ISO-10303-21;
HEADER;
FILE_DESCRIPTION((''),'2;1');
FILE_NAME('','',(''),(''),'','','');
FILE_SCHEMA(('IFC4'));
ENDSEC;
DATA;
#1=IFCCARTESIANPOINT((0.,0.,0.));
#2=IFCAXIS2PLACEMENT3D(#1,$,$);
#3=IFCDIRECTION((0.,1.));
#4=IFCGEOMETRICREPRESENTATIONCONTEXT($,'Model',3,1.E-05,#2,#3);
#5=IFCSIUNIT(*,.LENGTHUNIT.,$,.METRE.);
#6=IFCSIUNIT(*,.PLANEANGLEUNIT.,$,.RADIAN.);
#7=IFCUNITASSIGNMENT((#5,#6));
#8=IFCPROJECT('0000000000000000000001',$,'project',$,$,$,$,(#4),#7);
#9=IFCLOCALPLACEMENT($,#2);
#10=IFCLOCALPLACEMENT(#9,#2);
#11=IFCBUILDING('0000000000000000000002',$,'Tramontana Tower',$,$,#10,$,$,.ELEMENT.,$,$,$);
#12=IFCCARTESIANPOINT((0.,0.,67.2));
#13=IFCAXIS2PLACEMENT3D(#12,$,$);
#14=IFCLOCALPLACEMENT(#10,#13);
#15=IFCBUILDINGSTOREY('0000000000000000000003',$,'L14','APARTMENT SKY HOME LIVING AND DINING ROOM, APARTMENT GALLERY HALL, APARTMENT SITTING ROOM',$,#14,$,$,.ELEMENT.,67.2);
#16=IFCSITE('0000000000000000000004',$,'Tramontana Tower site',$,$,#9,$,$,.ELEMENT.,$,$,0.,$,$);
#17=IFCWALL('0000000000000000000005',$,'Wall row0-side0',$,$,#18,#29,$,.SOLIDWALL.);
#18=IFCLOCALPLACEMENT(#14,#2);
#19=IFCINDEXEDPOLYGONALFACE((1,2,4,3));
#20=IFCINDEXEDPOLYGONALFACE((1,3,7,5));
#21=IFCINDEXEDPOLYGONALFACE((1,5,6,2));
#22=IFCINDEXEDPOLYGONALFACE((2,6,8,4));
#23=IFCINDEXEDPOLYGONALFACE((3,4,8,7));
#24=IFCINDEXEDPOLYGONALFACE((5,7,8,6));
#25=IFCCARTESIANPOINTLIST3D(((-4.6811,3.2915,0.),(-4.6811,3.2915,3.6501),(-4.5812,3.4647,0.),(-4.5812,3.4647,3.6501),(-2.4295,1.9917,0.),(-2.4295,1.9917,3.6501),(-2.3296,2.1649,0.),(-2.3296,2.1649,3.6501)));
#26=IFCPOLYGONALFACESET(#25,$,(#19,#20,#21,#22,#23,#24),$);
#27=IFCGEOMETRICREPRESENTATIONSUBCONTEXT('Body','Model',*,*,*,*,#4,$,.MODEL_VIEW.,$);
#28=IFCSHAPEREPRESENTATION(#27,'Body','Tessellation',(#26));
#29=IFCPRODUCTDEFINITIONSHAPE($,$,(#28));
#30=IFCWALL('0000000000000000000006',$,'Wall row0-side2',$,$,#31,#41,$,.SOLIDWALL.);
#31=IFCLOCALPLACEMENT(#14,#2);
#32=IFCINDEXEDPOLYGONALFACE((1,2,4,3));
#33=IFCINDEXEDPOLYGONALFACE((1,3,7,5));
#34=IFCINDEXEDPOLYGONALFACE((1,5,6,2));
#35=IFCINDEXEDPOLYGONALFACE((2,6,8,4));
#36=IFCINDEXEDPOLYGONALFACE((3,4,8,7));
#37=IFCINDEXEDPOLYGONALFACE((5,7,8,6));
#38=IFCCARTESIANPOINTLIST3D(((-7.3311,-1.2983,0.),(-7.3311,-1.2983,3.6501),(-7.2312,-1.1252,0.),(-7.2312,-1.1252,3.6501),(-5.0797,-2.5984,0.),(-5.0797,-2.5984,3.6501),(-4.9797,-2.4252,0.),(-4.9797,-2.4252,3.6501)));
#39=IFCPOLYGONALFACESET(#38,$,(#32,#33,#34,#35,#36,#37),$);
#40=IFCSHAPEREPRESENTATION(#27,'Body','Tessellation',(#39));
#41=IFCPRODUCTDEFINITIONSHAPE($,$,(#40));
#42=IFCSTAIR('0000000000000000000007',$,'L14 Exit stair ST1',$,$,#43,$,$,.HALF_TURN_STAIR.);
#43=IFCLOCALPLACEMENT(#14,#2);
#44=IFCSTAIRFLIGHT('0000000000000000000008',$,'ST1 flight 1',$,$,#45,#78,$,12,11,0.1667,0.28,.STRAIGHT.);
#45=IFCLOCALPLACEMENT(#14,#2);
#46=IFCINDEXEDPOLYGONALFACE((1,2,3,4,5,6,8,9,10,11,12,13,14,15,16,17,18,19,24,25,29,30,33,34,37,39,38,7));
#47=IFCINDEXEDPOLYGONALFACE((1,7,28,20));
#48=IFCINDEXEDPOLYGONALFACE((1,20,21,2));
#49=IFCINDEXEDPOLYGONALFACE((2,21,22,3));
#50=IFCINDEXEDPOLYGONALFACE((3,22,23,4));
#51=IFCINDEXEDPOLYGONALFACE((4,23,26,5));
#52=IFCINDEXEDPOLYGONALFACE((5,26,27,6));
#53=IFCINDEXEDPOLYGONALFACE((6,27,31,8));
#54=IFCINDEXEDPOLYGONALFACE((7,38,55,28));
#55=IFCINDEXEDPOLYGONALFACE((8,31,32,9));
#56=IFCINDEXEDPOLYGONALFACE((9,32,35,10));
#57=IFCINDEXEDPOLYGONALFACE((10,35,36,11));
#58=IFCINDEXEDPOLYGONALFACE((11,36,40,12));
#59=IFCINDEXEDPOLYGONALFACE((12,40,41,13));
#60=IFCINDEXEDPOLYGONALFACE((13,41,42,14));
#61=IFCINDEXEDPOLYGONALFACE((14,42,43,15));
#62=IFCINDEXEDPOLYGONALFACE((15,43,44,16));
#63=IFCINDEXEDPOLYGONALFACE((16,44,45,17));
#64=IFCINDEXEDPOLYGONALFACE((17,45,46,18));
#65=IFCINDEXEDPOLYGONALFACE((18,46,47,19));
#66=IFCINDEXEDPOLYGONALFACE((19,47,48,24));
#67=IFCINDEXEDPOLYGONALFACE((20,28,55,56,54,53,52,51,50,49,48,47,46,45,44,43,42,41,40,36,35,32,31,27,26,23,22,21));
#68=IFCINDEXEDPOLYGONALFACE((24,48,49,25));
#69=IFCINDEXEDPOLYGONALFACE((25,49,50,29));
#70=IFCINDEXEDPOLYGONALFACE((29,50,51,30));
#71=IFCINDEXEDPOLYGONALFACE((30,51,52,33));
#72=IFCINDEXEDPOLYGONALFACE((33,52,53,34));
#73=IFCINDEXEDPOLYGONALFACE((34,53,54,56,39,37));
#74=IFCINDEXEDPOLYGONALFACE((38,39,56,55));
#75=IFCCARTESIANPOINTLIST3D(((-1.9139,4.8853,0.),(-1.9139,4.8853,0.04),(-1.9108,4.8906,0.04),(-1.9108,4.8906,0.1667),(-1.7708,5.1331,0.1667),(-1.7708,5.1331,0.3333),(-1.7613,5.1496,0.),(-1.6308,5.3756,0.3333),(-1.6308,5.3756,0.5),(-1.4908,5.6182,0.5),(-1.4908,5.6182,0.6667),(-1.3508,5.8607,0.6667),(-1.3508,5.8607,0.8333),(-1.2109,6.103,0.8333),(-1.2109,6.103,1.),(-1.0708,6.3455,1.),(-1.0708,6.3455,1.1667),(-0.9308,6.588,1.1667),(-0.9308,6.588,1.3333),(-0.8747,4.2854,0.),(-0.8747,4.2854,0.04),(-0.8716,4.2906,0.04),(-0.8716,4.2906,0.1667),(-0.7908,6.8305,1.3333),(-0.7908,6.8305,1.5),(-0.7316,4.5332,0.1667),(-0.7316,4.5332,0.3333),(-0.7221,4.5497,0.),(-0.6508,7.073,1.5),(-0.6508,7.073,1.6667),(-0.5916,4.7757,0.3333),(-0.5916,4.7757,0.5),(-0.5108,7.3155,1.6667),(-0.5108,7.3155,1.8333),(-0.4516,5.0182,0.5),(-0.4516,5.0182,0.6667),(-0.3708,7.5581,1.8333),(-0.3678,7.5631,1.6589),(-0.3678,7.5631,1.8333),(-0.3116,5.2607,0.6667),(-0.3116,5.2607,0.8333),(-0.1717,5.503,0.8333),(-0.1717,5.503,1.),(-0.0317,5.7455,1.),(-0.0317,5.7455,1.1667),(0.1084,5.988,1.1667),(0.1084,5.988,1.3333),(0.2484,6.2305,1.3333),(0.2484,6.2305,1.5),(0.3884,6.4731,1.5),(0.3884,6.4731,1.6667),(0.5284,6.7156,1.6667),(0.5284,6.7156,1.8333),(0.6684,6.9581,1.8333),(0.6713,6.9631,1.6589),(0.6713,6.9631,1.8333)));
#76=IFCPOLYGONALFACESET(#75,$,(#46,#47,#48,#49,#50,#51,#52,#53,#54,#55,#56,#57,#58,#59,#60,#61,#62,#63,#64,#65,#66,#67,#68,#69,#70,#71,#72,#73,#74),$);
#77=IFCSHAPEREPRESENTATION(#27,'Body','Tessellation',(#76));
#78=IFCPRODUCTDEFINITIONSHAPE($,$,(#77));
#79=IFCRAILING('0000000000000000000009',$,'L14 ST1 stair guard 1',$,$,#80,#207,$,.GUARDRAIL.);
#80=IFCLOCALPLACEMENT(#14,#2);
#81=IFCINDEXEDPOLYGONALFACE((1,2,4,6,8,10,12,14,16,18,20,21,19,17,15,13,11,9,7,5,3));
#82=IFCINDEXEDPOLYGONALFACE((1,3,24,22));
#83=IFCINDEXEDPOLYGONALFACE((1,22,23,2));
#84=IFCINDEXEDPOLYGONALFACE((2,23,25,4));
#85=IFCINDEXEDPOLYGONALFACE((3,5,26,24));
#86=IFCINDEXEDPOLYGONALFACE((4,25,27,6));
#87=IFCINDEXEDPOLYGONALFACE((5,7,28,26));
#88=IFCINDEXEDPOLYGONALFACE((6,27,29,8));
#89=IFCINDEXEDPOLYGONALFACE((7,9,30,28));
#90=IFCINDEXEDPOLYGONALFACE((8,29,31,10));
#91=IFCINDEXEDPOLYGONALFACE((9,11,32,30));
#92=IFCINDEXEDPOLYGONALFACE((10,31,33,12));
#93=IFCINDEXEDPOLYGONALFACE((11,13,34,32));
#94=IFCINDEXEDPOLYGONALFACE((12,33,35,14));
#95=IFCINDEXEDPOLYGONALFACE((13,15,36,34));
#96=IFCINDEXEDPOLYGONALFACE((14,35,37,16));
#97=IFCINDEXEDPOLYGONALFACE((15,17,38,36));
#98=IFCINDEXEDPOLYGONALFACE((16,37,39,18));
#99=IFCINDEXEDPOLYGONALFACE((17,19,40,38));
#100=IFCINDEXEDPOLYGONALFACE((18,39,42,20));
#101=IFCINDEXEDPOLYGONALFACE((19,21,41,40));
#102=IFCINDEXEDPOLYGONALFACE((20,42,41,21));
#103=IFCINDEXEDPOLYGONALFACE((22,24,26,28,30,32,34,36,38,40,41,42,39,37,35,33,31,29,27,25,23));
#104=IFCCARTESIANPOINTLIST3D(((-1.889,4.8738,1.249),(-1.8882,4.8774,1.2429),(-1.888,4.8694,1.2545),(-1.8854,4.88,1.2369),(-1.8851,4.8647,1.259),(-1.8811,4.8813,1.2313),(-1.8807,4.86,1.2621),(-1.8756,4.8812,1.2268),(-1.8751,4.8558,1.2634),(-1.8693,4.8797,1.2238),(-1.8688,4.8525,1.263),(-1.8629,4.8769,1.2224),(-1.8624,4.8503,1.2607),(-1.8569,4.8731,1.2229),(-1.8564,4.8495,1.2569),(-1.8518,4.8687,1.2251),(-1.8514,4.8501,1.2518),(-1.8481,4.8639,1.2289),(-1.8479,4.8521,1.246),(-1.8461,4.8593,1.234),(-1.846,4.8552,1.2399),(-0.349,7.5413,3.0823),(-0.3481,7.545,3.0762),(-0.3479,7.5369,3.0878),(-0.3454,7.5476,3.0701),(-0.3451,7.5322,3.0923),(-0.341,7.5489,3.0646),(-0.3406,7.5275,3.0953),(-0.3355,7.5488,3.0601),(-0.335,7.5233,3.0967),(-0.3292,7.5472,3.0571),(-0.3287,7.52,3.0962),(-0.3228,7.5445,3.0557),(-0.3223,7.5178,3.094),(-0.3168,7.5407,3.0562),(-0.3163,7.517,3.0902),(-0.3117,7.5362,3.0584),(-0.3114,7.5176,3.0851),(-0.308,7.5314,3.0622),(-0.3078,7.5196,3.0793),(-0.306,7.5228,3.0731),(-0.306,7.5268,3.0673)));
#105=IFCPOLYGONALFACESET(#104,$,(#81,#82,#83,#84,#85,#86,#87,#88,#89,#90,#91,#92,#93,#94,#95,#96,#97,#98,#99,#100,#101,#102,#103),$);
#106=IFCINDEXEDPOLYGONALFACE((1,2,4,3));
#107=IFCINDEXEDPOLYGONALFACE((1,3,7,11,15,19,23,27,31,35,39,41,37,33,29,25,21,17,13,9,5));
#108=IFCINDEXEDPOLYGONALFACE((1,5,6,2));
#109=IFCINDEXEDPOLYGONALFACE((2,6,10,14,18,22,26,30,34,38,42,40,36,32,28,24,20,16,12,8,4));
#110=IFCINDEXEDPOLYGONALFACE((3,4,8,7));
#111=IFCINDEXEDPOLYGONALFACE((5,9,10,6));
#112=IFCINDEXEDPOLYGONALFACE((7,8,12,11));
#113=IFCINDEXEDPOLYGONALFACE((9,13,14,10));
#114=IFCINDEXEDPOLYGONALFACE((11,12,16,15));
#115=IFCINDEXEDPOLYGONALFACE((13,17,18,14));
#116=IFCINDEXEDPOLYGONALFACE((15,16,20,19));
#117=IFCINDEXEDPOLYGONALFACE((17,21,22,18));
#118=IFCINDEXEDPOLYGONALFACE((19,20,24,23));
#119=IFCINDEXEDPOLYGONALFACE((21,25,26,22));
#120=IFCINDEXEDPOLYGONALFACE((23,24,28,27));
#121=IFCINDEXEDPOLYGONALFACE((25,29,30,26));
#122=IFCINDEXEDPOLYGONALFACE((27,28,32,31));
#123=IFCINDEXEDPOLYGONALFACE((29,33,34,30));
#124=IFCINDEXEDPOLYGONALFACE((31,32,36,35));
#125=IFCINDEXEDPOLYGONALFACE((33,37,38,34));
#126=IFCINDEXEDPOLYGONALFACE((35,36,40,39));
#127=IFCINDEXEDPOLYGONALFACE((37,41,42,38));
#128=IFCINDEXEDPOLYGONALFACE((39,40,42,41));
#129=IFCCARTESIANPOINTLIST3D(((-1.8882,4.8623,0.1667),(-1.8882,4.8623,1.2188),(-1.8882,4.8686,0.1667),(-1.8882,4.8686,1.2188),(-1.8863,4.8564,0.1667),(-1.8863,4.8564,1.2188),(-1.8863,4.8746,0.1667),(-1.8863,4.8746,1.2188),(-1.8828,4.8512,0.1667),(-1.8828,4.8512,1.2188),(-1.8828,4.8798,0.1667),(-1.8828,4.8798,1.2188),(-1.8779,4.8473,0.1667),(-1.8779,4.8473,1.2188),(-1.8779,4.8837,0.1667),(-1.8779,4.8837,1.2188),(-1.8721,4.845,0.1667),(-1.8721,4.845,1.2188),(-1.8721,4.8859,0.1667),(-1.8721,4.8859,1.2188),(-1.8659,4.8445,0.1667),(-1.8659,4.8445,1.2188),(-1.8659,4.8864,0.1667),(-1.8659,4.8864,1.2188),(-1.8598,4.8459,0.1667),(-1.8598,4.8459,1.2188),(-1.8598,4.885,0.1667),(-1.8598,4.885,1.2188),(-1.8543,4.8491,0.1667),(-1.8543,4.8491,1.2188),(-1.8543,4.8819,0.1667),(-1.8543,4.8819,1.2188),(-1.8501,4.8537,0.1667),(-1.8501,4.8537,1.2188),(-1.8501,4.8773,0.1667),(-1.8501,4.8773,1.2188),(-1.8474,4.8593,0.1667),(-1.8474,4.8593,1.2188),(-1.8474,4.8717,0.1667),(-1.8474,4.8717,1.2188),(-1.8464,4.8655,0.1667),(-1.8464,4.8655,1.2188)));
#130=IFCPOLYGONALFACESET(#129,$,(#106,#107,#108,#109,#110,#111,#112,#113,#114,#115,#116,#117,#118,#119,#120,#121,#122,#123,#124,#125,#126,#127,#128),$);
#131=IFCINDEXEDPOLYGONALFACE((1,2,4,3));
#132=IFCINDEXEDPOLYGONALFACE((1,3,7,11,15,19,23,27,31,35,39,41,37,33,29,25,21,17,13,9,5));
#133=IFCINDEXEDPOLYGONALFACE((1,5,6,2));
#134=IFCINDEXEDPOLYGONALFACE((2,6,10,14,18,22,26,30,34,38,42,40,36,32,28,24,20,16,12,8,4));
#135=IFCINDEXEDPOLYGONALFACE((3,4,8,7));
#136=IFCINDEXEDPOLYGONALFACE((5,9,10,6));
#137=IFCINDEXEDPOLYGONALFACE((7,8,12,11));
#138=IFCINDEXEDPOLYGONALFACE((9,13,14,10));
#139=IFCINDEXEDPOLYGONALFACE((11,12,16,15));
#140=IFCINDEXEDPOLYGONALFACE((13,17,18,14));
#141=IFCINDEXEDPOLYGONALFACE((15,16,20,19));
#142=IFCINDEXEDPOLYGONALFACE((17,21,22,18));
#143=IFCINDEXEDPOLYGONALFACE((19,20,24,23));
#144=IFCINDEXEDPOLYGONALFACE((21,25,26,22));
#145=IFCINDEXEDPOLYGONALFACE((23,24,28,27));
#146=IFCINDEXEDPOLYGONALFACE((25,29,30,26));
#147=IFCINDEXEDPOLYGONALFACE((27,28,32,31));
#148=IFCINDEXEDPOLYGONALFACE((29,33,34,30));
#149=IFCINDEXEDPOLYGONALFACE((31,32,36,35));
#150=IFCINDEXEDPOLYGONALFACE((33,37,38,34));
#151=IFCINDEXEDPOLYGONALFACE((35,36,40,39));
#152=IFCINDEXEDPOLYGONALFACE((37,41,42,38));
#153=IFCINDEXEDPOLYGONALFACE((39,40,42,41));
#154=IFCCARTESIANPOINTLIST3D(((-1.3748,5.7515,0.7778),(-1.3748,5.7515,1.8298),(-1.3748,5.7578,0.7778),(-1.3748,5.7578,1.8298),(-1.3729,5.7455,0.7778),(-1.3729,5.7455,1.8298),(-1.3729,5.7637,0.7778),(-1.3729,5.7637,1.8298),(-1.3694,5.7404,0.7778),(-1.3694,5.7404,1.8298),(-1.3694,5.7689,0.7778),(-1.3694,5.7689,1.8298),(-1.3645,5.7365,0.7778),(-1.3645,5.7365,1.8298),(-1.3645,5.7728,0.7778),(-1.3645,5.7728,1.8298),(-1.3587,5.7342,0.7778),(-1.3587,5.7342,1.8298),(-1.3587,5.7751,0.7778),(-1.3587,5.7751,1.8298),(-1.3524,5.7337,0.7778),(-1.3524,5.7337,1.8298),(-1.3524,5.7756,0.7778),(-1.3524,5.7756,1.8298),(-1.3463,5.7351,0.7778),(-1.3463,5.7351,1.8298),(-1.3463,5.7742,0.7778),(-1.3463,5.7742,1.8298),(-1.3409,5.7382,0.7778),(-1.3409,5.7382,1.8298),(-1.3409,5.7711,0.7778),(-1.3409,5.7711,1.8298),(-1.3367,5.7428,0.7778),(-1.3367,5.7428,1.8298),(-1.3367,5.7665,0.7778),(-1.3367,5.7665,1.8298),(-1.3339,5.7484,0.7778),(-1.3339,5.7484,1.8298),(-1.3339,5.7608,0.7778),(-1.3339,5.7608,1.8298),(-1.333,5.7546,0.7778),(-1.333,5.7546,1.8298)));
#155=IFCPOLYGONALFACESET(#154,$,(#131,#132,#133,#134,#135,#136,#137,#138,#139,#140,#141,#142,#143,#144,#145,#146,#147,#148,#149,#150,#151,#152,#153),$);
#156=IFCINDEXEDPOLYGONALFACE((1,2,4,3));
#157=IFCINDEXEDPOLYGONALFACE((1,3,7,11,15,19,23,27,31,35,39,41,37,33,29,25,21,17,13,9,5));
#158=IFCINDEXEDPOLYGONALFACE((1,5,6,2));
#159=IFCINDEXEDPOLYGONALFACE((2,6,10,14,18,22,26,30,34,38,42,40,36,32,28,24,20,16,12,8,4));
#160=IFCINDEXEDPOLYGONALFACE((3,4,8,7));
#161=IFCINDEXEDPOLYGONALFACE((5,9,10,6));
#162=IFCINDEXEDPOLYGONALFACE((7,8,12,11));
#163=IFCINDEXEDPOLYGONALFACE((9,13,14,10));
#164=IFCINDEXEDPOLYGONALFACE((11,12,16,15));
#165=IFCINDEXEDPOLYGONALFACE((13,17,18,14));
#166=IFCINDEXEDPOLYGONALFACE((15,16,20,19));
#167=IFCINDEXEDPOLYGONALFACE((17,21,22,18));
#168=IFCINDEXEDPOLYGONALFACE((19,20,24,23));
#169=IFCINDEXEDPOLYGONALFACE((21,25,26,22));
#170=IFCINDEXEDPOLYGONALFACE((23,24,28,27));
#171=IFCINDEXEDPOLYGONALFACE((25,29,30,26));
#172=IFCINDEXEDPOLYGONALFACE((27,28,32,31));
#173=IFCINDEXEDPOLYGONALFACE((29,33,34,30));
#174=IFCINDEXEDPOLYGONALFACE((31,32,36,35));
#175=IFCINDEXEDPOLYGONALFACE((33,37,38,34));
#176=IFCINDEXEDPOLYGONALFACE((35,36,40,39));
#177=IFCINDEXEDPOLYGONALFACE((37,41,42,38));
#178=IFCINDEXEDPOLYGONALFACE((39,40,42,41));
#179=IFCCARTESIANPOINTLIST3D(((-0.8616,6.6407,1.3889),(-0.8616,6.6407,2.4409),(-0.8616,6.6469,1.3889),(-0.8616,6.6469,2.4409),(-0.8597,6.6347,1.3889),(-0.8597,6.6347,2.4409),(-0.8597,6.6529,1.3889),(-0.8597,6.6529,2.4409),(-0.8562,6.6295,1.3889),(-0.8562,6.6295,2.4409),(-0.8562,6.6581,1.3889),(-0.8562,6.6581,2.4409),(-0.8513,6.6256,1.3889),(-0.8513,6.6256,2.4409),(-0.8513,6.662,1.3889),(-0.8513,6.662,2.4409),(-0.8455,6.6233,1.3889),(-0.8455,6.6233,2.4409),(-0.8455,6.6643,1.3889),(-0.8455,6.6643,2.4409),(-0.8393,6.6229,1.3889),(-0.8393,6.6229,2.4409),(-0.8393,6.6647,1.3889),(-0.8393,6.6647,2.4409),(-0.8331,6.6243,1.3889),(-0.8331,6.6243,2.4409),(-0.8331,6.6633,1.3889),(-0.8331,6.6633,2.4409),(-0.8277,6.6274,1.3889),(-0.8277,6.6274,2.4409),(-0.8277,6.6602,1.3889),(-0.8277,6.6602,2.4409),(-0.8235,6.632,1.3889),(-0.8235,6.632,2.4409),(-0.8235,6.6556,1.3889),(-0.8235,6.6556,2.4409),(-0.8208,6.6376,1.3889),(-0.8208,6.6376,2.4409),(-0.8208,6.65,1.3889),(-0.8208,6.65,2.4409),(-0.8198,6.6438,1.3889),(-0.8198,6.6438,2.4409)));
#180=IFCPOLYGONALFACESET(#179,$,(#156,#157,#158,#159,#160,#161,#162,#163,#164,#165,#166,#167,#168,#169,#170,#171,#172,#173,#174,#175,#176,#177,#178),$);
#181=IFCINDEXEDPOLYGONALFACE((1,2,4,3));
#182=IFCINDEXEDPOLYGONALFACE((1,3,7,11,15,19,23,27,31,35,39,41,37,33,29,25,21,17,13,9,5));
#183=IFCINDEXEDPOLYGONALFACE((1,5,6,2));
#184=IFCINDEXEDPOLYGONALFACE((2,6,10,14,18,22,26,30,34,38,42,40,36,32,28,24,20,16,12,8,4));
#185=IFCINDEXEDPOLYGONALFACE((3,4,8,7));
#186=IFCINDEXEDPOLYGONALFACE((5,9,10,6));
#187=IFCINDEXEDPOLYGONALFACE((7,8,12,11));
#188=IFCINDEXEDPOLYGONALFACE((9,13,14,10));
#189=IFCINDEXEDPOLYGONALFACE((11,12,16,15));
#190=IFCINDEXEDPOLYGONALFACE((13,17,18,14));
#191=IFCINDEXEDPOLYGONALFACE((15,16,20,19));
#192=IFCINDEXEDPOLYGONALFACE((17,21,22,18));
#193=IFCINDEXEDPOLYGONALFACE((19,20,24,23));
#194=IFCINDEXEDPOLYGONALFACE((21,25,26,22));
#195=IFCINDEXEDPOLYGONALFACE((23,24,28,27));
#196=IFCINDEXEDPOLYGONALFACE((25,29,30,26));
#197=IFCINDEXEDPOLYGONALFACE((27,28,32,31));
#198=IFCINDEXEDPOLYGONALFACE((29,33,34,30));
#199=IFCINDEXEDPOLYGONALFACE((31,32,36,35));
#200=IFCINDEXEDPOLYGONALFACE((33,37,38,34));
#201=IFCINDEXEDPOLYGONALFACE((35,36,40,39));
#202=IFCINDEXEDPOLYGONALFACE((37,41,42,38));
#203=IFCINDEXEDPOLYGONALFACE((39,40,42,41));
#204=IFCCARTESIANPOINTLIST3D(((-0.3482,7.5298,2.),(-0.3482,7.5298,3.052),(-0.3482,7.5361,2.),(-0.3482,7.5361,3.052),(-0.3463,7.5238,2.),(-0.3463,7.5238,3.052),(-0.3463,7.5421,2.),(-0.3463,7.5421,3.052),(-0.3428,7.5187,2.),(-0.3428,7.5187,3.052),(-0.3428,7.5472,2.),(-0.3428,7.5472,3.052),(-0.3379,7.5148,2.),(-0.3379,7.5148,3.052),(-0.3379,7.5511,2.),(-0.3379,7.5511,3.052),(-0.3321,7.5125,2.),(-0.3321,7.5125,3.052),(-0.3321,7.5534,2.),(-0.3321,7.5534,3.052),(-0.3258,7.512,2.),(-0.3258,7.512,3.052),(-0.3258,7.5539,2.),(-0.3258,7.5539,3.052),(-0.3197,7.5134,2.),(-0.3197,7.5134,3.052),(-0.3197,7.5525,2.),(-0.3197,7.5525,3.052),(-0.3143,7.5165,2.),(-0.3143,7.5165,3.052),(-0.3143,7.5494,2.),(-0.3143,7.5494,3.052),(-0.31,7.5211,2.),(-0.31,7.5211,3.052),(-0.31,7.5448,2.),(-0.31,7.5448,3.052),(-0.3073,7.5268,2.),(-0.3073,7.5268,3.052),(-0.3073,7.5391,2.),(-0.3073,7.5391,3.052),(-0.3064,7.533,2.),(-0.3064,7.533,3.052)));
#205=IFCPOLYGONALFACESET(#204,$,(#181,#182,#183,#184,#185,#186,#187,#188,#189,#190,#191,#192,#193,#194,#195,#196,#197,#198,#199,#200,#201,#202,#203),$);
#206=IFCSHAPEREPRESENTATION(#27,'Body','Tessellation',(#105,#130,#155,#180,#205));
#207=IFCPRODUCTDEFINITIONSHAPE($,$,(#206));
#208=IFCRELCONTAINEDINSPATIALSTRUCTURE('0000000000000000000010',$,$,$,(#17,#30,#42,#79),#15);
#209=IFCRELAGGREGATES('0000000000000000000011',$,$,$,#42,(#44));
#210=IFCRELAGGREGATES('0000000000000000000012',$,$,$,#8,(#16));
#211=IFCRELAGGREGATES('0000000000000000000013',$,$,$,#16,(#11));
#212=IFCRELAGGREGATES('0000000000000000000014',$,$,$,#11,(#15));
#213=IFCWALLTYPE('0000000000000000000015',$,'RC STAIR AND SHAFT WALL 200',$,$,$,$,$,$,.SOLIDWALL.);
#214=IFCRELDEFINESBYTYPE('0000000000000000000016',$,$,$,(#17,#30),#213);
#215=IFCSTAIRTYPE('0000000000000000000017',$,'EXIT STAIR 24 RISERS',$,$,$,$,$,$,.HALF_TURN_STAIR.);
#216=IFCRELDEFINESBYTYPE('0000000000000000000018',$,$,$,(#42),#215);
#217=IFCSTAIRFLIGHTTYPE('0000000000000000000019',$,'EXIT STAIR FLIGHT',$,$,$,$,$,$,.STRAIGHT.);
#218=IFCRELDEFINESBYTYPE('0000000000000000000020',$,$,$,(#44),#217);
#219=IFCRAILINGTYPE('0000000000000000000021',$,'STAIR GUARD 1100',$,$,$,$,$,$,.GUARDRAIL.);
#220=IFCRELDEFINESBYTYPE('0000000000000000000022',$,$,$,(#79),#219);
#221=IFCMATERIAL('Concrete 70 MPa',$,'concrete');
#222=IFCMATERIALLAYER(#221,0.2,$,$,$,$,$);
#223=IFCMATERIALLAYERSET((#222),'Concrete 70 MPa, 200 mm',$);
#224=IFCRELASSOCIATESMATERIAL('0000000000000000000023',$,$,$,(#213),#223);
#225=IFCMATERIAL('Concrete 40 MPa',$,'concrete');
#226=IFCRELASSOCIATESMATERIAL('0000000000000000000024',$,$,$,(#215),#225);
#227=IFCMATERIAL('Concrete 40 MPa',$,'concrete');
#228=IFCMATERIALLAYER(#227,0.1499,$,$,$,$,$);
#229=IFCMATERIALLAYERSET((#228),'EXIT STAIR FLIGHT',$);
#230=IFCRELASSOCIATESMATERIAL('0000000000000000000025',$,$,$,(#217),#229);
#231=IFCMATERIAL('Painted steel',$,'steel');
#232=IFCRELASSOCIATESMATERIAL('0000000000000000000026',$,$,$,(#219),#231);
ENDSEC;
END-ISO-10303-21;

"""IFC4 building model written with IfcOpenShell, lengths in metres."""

from ifc_helpers import new_model, si_unit, direction, frame, frame_2d, origin, origin_2d, place, context, subcontext, project, spatial, polyline, rectangle, circle, outline, extrude, material, layer, layer_set, type_object, element, aggregate, save


model = new_model("IFC4")

# Units and contexts
model_context = context("Model", 3, precision=1e-05, world=origin(), true_north=direction((0.0, 1.0)))
body_context = subcontext(model_context, "Body", "Model", "MODEL_VIEW")
ifc_project = project(units=[si_unit("LENGTHUNIT", "METRE"), si_unit("PLANEANGLEUNIT", "RADIAN")], contexts=[model_context])

# Site, building, storey
site_placement = place(None, origin())
site = spatial("IfcSite", under=ifc_project, at=site_placement, Name="Tramontana Tower site", CompositionType="ELEMENT", RefElevation=0.0)
building_placement = place(site_placement, origin())
building = spatial("IfcBuilding", under=site, at=building_placement, Name="Tramontana Tower", CompositionType="ELEMENT")
storey_placement = place(building_placement, frame((0.0, 0.0, 67.2)))
storey = spatial("IfcBuildingStorey", under=building, at=storey_placement, Name="L14", Description="APARTMENT SKY HOME LIVING AND DINING ROOM, APARTMENT GALLERY HALL, APARTMENT SITTING ROOM", CompositionType="ELEMENT", Elevation=67.2)

# Shared definitions
ifc_material_1 = material(Name="Concrete 70 MPa", Category="concrete")
ifc_layer_1 = layer(ifc_material_1, 0.2)
ifc_layer_set_1 = layer_set([ifc_layer_1], Name="Concrete 70 MPa, 200 mm")
wall_type_1 = type_object("IfcWallType", Name="RC STAIR AND SHAFT WALL 200", PredefinedType="SOLIDWALL", material=ifc_layer_set_1)

# Walls
for number, where, z_axis, x_axis, name in (
    (1, (-2.3796, 2.0784, 0.0), (0.0, 0.0, 1.0), (-0.866062, 0.499937, 0.0), "Wall row0-side0"),
    (2, (-5.0298, -2.5117, 0.0), (0.0, 0.0, 1.0), (-0.865998, 0.500048, 0.0), "Wall row0-side2"),
):
    element("IfcWall", number, at=place(storey_placement, frame(where, z_axis=z_axis, x_axis=x_axis)), inside=storey, type_object=wall_type_1, Name=name, PredefinedType="SOLIDWALL", context=body_context, shape_type="SweptSolid", body=[
        extrude(rectangle(XDim=2.5999, YDim=0.2, at=frame_2d((1.2998, 0.0))), origin(), (0.0, 0.0, 1.0), 3.6501),
    ])

# Stair, stair flight
ifc_material_2 = material(Name="Concrete 40 MPa", Category="concrete")
stair_type = type_object("IfcStairType", Name="EXIT STAIR 24 RISERS", PredefinedType="HALF_TURN_STAIR", material=ifc_material_2)
stair_placement = place(storey_placement, origin())
stair = element("IfcStair", 3, at=stair_placement, inside=storey, type_object=stair_type, Name="L14 Exit stair ST1", PredefinedType="HALF_TURN_STAIR")
ifc_material_3 = material(Name="Concrete 40 MPa", Category="concrete")
ifc_layer_2 = layer(ifc_material_3, 0.1499)
ifc_layer_set_2 = layer_set([ifc_layer_2], Name="EXIT STAIR FLIGHT")
stair_flight_type = type_object("IfcStairFlightType", Name="EXIT STAIR FLIGHT", PredefinedType="STRAIGHT", material=ifc_layer_set_2)
stair_flight_placement = place(storey_placement, frame((-1.3911, 4.5906, 0.0), z_axis=(0.0, 0.0, 1.0), x_axis=(0.5, 0.866025, 0.0)))
stair_flight = element("IfcStairFlight", 4, at=stair_flight_placement, type_object=stair_flight_type, Name="ST1 flight 1", NumberOfRisers=12, NumberOfTreads=11, PredefinedType="STRAIGHT", RiserHeight=0.1667, TreadLength=0.28, context=body_context, shape_type="SweptSolid", body=[
    extrude(outline(polyline([(-0.0061, 0.0), (-0.0061, 0.04), (0.0, 0.04), (0.0, 0.1667), (0.28, 0.1667), (0.28, 0.3333), (0.5601, 0.3333), (0.5601, 0.5), (0.8401, 0.5), (0.8401, 0.6667), (1.1201, 0.6667), (1.1201, 0.8333), (1.3999, 0.8333), (1.3999, 1.0), (1.6799, 1.0), (1.6799, 1.1667), (1.96, 1.1667), (1.96, 1.3333), (2.24, 1.3333), (2.24, 1.5), (2.52, 1.5), (2.52, 1.6667), (2.8, 1.6667), (2.8, 1.8333), (3.0801, 1.8333), (3.0859, 1.8333), (3.0859, 1.6589), (0.2991, 0.0), (-0.0061, 0.0)])), frame((0.0, 0.6001, 0.0), z_axis=(0.0, -1.0, 0.0), x_axis=(1.0, 0.0, 0.0)), (0.0, 0.0, 1.0), 1.2),
])
aggregate(stair, [stair_flight])

# Railing
ifc_material_4 = material(Name="Painted steel", Category="steel")
railing_type_1 = type_object("IfcRailingType", Name="STAIR GUARD 1100", PredefinedType="GUARDRAIL", material=ifc_material_4)
railing_1_placement = place(storey_placement, frame((-1.8674, 4.8655, 0.1667)))
element("IfcRailing", 5, at=railing_1_placement, inside=storey, type_object=railing_type_1, Name="L14 ST1 stair guard 1", PredefinedType="GUARDRAIL", context=body_context, shape_type="SweptSolid", body=[
    extrude(circle(Radius=0.0239, at=origin_2d()), frame((0.0, 0.0, 1.0762), z_axis=(0.429649, 0.74419, 0.511452), x_axis=(-0.86603, 0.499992, 0.0)), (0.0, 0.0, 1.0), 3.5845),
    extrude(circle(Radius=0.021, at=origin_2d()), origin(), (0.0, 0.0, 1.0), 1.052),
    extrude(circle(Radius=0.021, at=origin_2d()), frame((0.5134, 0.8892, 0.6111)), (0.0, 0.0, 1.0), 1.052),
    extrude(circle(Radius=0.021, at=origin_2d()), frame((1.0266, 1.7783, 1.2222)), (0.0, 0.0, 1.0), 1.052),
    extrude(circle(Radius=0.021, at=origin_2d()), frame((1.54, 2.6675, 1.8333)), (0.0, 0.0, 1.0), 1.052),
])

save(model, "model.ifc")
